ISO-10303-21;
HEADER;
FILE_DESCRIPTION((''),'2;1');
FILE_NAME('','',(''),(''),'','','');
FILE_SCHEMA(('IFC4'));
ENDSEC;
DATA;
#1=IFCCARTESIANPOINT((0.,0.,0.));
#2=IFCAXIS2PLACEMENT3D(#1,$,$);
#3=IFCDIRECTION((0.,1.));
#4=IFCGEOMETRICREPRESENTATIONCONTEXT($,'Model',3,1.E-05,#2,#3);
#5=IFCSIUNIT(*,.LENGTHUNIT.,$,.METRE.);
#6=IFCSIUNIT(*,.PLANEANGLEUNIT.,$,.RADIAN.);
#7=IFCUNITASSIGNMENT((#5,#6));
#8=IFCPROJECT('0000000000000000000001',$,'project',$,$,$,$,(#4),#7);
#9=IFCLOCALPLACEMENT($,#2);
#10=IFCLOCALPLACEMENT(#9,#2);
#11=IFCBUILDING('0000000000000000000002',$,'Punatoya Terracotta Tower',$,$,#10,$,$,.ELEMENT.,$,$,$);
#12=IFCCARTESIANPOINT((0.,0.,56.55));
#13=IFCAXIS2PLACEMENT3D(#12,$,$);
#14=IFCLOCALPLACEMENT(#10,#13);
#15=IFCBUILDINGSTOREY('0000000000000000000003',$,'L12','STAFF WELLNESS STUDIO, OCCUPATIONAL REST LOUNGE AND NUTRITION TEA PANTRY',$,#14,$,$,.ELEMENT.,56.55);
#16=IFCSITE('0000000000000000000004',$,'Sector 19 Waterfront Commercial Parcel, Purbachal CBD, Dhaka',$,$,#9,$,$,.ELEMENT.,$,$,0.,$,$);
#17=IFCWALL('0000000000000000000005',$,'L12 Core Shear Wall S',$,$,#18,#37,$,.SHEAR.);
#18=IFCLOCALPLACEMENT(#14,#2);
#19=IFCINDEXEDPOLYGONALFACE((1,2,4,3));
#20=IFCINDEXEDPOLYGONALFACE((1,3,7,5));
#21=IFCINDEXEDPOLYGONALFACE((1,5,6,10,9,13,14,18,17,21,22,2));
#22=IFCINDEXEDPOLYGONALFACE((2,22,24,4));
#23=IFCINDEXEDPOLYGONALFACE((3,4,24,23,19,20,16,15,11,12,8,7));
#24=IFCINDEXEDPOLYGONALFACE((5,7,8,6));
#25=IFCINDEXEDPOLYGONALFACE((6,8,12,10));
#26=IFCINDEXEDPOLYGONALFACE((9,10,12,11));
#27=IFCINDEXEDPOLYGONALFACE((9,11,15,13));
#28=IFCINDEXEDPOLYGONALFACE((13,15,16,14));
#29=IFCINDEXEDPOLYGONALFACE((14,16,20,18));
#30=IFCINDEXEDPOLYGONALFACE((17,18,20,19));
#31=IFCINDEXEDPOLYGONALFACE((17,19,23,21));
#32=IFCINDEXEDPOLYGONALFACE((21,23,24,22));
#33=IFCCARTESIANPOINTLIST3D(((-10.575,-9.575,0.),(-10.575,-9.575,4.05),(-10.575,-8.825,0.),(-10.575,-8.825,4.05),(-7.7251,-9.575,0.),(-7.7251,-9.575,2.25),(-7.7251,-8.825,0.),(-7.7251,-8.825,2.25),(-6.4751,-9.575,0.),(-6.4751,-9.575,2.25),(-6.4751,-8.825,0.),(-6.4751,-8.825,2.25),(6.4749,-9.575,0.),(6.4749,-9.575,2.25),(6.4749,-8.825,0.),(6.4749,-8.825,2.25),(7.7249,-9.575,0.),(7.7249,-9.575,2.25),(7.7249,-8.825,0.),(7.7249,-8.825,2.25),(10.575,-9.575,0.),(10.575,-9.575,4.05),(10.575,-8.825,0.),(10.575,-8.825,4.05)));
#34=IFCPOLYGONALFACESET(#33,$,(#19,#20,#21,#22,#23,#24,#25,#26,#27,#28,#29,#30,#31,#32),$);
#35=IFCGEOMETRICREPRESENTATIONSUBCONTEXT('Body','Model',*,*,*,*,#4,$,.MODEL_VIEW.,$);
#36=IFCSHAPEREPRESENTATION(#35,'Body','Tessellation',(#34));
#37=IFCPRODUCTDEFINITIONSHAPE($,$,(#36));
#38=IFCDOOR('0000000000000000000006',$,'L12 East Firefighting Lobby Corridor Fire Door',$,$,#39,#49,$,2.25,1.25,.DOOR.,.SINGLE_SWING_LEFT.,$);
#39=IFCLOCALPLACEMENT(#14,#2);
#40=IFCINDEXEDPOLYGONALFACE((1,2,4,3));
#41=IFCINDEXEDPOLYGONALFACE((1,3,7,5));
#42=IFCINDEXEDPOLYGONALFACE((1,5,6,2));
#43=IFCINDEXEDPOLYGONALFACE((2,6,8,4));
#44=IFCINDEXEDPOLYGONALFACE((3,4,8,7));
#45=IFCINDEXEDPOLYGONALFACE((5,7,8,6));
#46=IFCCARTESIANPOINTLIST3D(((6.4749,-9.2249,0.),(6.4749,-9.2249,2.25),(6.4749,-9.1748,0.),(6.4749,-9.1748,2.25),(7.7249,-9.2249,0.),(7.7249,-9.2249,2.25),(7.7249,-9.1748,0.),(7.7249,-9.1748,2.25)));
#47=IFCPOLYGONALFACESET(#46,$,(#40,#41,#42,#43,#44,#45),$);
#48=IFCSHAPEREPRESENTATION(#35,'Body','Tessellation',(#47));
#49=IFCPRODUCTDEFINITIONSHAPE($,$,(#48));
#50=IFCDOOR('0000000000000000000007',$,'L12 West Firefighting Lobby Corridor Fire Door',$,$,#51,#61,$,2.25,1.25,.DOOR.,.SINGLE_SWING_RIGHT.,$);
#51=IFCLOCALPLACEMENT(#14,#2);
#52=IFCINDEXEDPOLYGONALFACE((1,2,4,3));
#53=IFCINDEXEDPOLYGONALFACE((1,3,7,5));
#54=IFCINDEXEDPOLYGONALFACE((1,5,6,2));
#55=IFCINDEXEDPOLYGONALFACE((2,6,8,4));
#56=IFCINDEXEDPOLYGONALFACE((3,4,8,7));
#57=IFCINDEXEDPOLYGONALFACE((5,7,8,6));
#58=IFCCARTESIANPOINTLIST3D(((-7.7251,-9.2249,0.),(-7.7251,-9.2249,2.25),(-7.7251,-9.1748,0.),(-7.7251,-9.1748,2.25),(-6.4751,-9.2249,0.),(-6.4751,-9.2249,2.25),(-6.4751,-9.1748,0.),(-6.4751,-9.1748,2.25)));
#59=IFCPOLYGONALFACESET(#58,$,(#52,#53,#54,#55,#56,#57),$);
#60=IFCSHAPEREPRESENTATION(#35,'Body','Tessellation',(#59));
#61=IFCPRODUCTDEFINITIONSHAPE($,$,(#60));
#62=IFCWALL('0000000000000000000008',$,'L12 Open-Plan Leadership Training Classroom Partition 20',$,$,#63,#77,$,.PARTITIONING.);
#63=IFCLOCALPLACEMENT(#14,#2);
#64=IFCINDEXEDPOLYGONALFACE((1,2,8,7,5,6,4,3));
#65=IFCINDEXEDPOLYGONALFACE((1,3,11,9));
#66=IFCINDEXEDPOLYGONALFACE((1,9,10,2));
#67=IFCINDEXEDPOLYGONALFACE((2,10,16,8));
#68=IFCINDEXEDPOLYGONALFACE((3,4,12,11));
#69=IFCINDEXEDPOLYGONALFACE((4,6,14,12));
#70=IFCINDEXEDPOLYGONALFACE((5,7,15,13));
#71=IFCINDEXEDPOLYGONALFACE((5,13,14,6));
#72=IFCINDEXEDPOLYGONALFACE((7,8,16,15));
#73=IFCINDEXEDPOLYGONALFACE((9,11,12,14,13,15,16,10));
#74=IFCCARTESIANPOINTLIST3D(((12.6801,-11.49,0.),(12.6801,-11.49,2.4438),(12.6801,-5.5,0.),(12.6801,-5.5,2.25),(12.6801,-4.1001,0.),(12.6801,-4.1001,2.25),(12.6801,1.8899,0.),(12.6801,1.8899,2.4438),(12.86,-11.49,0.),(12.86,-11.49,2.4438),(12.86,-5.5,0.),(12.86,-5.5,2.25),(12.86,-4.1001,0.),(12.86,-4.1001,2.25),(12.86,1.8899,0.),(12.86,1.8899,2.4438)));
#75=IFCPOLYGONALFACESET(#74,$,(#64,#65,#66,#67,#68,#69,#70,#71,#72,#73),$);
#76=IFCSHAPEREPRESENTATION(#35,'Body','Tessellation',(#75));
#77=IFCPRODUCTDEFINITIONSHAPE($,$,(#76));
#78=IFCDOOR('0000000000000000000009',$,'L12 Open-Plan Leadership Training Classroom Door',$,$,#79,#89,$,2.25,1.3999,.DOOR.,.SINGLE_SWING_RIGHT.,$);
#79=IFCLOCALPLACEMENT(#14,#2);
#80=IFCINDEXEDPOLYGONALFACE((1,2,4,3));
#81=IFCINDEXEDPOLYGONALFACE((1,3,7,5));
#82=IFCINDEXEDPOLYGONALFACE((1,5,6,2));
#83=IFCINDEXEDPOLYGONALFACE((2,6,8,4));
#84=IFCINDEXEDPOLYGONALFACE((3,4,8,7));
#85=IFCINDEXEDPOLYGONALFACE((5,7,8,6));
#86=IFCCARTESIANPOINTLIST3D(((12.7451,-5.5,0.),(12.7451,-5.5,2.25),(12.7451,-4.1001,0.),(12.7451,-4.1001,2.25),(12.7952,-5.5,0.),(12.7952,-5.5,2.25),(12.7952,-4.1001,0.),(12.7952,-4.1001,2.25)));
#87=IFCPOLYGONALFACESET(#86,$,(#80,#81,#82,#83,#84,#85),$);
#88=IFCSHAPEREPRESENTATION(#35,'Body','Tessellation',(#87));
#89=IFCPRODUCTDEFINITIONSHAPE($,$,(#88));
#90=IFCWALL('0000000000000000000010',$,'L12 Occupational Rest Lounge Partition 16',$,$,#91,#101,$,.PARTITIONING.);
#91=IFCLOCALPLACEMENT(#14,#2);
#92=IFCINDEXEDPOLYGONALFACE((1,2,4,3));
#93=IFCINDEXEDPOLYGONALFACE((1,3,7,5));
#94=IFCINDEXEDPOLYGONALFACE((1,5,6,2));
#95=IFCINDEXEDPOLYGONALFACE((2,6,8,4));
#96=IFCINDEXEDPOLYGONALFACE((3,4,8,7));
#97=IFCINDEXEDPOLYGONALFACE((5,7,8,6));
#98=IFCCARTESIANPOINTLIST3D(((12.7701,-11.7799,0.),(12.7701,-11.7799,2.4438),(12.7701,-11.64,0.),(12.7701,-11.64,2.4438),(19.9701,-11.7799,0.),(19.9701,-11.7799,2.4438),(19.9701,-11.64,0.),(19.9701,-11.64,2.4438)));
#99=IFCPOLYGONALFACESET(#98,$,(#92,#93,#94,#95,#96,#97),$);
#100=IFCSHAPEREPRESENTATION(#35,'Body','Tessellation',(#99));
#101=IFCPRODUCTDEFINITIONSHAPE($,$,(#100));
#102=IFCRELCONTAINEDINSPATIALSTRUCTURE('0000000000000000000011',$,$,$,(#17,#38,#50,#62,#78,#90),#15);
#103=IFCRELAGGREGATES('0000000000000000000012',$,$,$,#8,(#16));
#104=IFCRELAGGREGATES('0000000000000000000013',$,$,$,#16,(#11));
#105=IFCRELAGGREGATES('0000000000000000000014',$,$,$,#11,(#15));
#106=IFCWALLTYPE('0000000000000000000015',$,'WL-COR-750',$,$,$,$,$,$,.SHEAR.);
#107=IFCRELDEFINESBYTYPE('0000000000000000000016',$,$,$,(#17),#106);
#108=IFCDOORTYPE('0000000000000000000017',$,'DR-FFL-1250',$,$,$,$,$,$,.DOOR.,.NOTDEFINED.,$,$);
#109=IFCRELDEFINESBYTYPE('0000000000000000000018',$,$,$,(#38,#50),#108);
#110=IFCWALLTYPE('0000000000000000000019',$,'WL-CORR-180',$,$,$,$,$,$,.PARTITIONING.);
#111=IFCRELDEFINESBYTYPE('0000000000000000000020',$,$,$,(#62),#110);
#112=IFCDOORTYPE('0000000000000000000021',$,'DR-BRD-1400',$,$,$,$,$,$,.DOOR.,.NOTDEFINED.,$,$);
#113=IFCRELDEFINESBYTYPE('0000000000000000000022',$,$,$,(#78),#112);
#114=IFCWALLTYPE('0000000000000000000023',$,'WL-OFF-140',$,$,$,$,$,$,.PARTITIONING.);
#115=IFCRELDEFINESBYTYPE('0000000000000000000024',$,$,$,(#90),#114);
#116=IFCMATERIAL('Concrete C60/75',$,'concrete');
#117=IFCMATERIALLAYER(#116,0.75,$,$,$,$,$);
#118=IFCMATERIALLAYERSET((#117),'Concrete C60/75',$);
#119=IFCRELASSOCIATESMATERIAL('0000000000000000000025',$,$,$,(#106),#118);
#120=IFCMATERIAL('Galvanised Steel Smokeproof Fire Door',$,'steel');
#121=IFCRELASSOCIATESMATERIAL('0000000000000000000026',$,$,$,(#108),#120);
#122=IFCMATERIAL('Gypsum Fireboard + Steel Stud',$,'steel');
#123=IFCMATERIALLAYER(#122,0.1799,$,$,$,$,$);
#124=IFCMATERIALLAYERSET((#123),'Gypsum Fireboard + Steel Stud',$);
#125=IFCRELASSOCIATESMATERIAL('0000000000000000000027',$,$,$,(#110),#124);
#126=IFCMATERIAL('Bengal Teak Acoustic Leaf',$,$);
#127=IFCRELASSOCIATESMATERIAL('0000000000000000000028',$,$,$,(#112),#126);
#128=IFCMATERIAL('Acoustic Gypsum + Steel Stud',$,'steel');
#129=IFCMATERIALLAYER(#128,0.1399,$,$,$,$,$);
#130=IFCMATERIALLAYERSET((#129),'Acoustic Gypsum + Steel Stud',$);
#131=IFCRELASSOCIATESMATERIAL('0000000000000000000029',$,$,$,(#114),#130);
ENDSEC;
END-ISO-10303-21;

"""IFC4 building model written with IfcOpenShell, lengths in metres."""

from ifc_helpers import new_model, si_unit, direction, frame, frame_2d, origin, place, context, subcontext, project, spatial, rectangle, extrude, material, layer, layer_set, type_object, element, fill, save


model = new_model("IFC4")

# Units and contexts
model_context = context("Model", 3, precision=1e-05, world=origin(), true_north=direction((0.0, 1.0)))
body_context = subcontext(model_context, "Body", "Model", "MODEL_VIEW")
ifc_project = project(units=[si_unit("LENGTHUNIT", "METRE"), si_unit("PLANEANGLEUNIT", "RADIAN")], contexts=[model_context])

# Site, building, storey
site_placement = place(None, origin())
site = spatial("IfcSite", under=ifc_project, at=site_placement, Name="Sector 19 Waterfront Commercial Parcel, Purbachal CBD, Dhaka", CompositionType="ELEMENT", RefElevation=0.0)
building_placement = place(site_placement, origin())
building = spatial("IfcBuilding", under=site, at=building_placement, Name="Punatoya Terracotta Tower", CompositionType="ELEMENT")
storey_placement = place(building_placement, frame((0.0, 0.0, 56.55)))
storey = spatial("IfcBuildingStorey", under=building, at=storey_placement, Name="L12", Description="STAFF WELLNESS STUDIO, OCCUPATIONAL REST LOUNGE AND NUTRITION TEA PANTRY", CompositionType="ELEMENT", Elevation=56.55)

# Wall, openings, doors
ifc_material_1 = material(Name="Concrete C60/75", Category="concrete")
ifc_layer_1 = layer(ifc_material_1, 0.75)
ifc_layer_set_1 = layer_set([ifc_layer_1], Name="Concrete C60/75")
wall_type_1 = type_object("IfcWallType", Name="WL-COR-750", PredefinedType="SHEAR", material=ifc_layer_set_1)
wall_1_placement = place(storey_placement, frame((10.575, -9.2, 0.0), z_axis=(0.0, 0.0, 1.0), x_axis=(-1.0, 0.0, 0.0)))
wall_1 = element("IfcWall", 1, at=wall_1_placement, inside=storey, type_object=wall_type_1, Name="L12 Core Shear Wall S", PredefinedType="SHEAR", context=body_context, shape_type="SweptSolid", body=[
    extrude(rectangle(XDim=21.1499, YDim=0.75, at=frame_2d((10.575, 0.0))), origin(), (0.0, 0.0, 1.0), 4.05),
])
opening_1_placement = place(wall_1_placement, frame((2.8501, 0.0, 0.0)))
opening_1 = element("IfcOpeningElement", 2, at=opening_1_placement, cuts=wall_1, PredefinedType="OPENING", context=body_context, shape_type="SweptSolid", body=[
    extrude(rectangle(XDim=1.25, YDim=2.25, at=frame_2d((0.625, 1.125))), frame((0.0, 0.385, 0.0), z_axis=(0.0, -1.0, 0.0), x_axis=(1.0, 0.0, 0.0)), (0.0, 0.0, 1.0), 0.77),
])
opening_2_placement = place(wall_1_placement, frame((17.05, 0.0, 0.0)))
opening_2 = element("IfcOpeningElement", 3, at=opening_2_placement, cuts=wall_1, PredefinedType="OPENING", context=body_context, shape_type="SweptSolid", body=[
    extrude(rectangle(XDim=1.25, YDim=2.25, at=frame_2d((0.625, 1.125))), frame((0.0, 0.385, 0.0), z_axis=(0.0, -1.0, 0.0), x_axis=(1.0, 0.0, 0.0)), (0.0, 0.0, 1.0), 0.77),
])
ifc_material_2 = material(Name="Galvanised Steel Smokeproof Fire Door", Category="steel")
door_type_1 = type_object("IfcDoorType", Name="DR-FFL-1250", OperationType="NOTDEFINED", PredefinedType="DOOR", material=ifc_material_2)
door_1_placement = place(opening_1_placement, origin())
door_1 = element("IfcDoor", 4, at=door_1_placement, inside=storey, type_object=door_type_1, Name="L12 East Firefighting Lobby Corridor Fire Door", OperationType="SINGLE_SWING_LEFT", OverallHeight=2.25, OverallWidth=1.25, PredefinedType="DOOR", context=body_context, shape_type="SweptSolid", body=[
    extrude(rectangle(XDim=1.25, YDim=2.25, at=frame_2d((0.625, 1.125))), frame((0.0, 0.0249, 0.0), z_axis=(0.0, -1.0, 0.0), x_axis=(1.0, 0.0, 0.0)), (0.0, 0.0, 1.0), 0.05),
])
fill(opening_1, door_1)
door_2_placement = place(opening_2_placement, origin())
door_2 = element("IfcDoor", 5, at=door_2_placement, inside=storey, type_object=door_type_1, Name="L12 West Firefighting Lobby Corridor Fire Door", OperationType="SINGLE_SWING_RIGHT", OverallHeight=2.25, OverallWidth=1.25, PredefinedType="DOOR", context=body_context, shape_type="SweptSolid", body=[
    extrude(rectangle(XDim=1.25, YDim=2.25, at=frame_2d((0.625, 1.125))), frame((0.0, 0.0249, 0.0), z_axis=(0.0, -1.0, 0.0), x_axis=(1.0, 0.0, 0.0)), (0.0, 0.0, 1.0), 0.05),
])
fill(opening_2, door_2)

# Wall, opening, door
ifc_material_3 = material(Name="Gypsum Fireboard + Steel Stud", Category="steel")
ifc_layer_2 = layer(ifc_material_3, 0.1799)
ifc_layer_set_2 = layer_set([ifc_layer_2], Name="Gypsum Fireboard + Steel Stud")
wall_type_2 = type_object("IfcWallType", Name="WL-CORR-180", PredefinedType="PARTITIONING", material=ifc_layer_set_2)
wall_2_placement = place(storey_placement, frame((12.77, -11.49, 0.0), z_axis=(0.0, 0.0, 1.0), x_axis=(0.0, 1.0, 0.0)))
wall_2 = element("IfcWall", 6, at=wall_2_placement, inside=storey, type_object=wall_type_2, Name="L12 Open-Plan Leadership Training Classroom Partition 20", PredefinedType="PARTITIONING", context=body_context, shape_type="SweptSolid", body=[
    extrude(rectangle(XDim=13.3799, YDim=0.1799, at=frame_2d((6.6899, 0.0))), origin(), (0.0, 0.0, 1.0), 2.4438),
])
opening_3_placement = place(wall_2_placement, frame((5.99, 0.0, 0.0)))
opening_3 = element("IfcOpeningElement", 7, at=opening_3_placement, cuts=wall_2, PredefinedType="OPENING", context=body_context, shape_type="SweptSolid", body=[
    extrude(rectangle(XDim=1.3999, YDim=2.25, at=frame_2d((0.7, 1.125))), frame((0.0, 0.0999, 0.0), z_axis=(0.0, -1.0, 0.0), x_axis=(1.0, 0.0, 0.0)), (0.0, 0.0, 1.0), 0.2),
])
ifc_material_4 = material(Name="Bengal Teak Acoustic Leaf")
door_type_2 = type_object("IfcDoorType", Name="DR-BRD-1400", OperationType="NOTDEFINED", PredefinedType="DOOR", material=ifc_material_4)
door_3_placement = place(opening_3_placement, origin())
door_3 = element("IfcDoor", 8, at=door_3_placement, inside=storey, type_object=door_type_2, Name="L12 Open-Plan Leadership Training Classroom Door", OperationType="SINGLE_SWING_RIGHT", OverallHeight=2.25, OverallWidth=1.3999, PredefinedType="DOOR", context=body_context, shape_type="SweptSolid", body=[
    extrude(rectangle(XDim=1.3999, YDim=2.25, at=frame_2d((0.7, 1.125))), frame((0.0, 0.0249, 0.0), z_axis=(0.0, -1.0, 0.0), x_axis=(1.0, 0.0, 0.0)), (0.0, 0.0, 1.0), 0.05),
])
fill(opening_3, door_3)

# Wall
ifc_material_5 = material(Name="Acoustic Gypsum + Steel Stud", Category="steel")
ifc_layer_3 = layer(ifc_material_5, 0.1399)
ifc_layer_set_3 = layer_set([ifc_layer_3], Name="Acoustic Gypsum + Steel Stud")
wall_type_3 = type_object("IfcWallType", Name="WL-OFF-140", PredefinedType="PARTITIONING", material=ifc_layer_set_3)
wall_3_placement = place(storey_placement, frame((12.77, -11.71, 0.0), z_axis=(0.0, 0.0, 1.0), x_axis=(1.0, 0.0, 0.0)))
element("IfcWall", 9, at=wall_3_placement, inside=storey, type_object=wall_type_3, Name="L12 Occupational Rest Lounge Partition 16", PredefinedType="PARTITIONING", context=body_context, shape_type="SweptSolid", body=[
    extrude(rectangle(XDim=7.2, YDim=0.1399, at=frame_2d((3.6001, 0.0))), origin(), (0.0, 0.0, 1.0), 2.4438),
])

save(model, "model.ifc")
